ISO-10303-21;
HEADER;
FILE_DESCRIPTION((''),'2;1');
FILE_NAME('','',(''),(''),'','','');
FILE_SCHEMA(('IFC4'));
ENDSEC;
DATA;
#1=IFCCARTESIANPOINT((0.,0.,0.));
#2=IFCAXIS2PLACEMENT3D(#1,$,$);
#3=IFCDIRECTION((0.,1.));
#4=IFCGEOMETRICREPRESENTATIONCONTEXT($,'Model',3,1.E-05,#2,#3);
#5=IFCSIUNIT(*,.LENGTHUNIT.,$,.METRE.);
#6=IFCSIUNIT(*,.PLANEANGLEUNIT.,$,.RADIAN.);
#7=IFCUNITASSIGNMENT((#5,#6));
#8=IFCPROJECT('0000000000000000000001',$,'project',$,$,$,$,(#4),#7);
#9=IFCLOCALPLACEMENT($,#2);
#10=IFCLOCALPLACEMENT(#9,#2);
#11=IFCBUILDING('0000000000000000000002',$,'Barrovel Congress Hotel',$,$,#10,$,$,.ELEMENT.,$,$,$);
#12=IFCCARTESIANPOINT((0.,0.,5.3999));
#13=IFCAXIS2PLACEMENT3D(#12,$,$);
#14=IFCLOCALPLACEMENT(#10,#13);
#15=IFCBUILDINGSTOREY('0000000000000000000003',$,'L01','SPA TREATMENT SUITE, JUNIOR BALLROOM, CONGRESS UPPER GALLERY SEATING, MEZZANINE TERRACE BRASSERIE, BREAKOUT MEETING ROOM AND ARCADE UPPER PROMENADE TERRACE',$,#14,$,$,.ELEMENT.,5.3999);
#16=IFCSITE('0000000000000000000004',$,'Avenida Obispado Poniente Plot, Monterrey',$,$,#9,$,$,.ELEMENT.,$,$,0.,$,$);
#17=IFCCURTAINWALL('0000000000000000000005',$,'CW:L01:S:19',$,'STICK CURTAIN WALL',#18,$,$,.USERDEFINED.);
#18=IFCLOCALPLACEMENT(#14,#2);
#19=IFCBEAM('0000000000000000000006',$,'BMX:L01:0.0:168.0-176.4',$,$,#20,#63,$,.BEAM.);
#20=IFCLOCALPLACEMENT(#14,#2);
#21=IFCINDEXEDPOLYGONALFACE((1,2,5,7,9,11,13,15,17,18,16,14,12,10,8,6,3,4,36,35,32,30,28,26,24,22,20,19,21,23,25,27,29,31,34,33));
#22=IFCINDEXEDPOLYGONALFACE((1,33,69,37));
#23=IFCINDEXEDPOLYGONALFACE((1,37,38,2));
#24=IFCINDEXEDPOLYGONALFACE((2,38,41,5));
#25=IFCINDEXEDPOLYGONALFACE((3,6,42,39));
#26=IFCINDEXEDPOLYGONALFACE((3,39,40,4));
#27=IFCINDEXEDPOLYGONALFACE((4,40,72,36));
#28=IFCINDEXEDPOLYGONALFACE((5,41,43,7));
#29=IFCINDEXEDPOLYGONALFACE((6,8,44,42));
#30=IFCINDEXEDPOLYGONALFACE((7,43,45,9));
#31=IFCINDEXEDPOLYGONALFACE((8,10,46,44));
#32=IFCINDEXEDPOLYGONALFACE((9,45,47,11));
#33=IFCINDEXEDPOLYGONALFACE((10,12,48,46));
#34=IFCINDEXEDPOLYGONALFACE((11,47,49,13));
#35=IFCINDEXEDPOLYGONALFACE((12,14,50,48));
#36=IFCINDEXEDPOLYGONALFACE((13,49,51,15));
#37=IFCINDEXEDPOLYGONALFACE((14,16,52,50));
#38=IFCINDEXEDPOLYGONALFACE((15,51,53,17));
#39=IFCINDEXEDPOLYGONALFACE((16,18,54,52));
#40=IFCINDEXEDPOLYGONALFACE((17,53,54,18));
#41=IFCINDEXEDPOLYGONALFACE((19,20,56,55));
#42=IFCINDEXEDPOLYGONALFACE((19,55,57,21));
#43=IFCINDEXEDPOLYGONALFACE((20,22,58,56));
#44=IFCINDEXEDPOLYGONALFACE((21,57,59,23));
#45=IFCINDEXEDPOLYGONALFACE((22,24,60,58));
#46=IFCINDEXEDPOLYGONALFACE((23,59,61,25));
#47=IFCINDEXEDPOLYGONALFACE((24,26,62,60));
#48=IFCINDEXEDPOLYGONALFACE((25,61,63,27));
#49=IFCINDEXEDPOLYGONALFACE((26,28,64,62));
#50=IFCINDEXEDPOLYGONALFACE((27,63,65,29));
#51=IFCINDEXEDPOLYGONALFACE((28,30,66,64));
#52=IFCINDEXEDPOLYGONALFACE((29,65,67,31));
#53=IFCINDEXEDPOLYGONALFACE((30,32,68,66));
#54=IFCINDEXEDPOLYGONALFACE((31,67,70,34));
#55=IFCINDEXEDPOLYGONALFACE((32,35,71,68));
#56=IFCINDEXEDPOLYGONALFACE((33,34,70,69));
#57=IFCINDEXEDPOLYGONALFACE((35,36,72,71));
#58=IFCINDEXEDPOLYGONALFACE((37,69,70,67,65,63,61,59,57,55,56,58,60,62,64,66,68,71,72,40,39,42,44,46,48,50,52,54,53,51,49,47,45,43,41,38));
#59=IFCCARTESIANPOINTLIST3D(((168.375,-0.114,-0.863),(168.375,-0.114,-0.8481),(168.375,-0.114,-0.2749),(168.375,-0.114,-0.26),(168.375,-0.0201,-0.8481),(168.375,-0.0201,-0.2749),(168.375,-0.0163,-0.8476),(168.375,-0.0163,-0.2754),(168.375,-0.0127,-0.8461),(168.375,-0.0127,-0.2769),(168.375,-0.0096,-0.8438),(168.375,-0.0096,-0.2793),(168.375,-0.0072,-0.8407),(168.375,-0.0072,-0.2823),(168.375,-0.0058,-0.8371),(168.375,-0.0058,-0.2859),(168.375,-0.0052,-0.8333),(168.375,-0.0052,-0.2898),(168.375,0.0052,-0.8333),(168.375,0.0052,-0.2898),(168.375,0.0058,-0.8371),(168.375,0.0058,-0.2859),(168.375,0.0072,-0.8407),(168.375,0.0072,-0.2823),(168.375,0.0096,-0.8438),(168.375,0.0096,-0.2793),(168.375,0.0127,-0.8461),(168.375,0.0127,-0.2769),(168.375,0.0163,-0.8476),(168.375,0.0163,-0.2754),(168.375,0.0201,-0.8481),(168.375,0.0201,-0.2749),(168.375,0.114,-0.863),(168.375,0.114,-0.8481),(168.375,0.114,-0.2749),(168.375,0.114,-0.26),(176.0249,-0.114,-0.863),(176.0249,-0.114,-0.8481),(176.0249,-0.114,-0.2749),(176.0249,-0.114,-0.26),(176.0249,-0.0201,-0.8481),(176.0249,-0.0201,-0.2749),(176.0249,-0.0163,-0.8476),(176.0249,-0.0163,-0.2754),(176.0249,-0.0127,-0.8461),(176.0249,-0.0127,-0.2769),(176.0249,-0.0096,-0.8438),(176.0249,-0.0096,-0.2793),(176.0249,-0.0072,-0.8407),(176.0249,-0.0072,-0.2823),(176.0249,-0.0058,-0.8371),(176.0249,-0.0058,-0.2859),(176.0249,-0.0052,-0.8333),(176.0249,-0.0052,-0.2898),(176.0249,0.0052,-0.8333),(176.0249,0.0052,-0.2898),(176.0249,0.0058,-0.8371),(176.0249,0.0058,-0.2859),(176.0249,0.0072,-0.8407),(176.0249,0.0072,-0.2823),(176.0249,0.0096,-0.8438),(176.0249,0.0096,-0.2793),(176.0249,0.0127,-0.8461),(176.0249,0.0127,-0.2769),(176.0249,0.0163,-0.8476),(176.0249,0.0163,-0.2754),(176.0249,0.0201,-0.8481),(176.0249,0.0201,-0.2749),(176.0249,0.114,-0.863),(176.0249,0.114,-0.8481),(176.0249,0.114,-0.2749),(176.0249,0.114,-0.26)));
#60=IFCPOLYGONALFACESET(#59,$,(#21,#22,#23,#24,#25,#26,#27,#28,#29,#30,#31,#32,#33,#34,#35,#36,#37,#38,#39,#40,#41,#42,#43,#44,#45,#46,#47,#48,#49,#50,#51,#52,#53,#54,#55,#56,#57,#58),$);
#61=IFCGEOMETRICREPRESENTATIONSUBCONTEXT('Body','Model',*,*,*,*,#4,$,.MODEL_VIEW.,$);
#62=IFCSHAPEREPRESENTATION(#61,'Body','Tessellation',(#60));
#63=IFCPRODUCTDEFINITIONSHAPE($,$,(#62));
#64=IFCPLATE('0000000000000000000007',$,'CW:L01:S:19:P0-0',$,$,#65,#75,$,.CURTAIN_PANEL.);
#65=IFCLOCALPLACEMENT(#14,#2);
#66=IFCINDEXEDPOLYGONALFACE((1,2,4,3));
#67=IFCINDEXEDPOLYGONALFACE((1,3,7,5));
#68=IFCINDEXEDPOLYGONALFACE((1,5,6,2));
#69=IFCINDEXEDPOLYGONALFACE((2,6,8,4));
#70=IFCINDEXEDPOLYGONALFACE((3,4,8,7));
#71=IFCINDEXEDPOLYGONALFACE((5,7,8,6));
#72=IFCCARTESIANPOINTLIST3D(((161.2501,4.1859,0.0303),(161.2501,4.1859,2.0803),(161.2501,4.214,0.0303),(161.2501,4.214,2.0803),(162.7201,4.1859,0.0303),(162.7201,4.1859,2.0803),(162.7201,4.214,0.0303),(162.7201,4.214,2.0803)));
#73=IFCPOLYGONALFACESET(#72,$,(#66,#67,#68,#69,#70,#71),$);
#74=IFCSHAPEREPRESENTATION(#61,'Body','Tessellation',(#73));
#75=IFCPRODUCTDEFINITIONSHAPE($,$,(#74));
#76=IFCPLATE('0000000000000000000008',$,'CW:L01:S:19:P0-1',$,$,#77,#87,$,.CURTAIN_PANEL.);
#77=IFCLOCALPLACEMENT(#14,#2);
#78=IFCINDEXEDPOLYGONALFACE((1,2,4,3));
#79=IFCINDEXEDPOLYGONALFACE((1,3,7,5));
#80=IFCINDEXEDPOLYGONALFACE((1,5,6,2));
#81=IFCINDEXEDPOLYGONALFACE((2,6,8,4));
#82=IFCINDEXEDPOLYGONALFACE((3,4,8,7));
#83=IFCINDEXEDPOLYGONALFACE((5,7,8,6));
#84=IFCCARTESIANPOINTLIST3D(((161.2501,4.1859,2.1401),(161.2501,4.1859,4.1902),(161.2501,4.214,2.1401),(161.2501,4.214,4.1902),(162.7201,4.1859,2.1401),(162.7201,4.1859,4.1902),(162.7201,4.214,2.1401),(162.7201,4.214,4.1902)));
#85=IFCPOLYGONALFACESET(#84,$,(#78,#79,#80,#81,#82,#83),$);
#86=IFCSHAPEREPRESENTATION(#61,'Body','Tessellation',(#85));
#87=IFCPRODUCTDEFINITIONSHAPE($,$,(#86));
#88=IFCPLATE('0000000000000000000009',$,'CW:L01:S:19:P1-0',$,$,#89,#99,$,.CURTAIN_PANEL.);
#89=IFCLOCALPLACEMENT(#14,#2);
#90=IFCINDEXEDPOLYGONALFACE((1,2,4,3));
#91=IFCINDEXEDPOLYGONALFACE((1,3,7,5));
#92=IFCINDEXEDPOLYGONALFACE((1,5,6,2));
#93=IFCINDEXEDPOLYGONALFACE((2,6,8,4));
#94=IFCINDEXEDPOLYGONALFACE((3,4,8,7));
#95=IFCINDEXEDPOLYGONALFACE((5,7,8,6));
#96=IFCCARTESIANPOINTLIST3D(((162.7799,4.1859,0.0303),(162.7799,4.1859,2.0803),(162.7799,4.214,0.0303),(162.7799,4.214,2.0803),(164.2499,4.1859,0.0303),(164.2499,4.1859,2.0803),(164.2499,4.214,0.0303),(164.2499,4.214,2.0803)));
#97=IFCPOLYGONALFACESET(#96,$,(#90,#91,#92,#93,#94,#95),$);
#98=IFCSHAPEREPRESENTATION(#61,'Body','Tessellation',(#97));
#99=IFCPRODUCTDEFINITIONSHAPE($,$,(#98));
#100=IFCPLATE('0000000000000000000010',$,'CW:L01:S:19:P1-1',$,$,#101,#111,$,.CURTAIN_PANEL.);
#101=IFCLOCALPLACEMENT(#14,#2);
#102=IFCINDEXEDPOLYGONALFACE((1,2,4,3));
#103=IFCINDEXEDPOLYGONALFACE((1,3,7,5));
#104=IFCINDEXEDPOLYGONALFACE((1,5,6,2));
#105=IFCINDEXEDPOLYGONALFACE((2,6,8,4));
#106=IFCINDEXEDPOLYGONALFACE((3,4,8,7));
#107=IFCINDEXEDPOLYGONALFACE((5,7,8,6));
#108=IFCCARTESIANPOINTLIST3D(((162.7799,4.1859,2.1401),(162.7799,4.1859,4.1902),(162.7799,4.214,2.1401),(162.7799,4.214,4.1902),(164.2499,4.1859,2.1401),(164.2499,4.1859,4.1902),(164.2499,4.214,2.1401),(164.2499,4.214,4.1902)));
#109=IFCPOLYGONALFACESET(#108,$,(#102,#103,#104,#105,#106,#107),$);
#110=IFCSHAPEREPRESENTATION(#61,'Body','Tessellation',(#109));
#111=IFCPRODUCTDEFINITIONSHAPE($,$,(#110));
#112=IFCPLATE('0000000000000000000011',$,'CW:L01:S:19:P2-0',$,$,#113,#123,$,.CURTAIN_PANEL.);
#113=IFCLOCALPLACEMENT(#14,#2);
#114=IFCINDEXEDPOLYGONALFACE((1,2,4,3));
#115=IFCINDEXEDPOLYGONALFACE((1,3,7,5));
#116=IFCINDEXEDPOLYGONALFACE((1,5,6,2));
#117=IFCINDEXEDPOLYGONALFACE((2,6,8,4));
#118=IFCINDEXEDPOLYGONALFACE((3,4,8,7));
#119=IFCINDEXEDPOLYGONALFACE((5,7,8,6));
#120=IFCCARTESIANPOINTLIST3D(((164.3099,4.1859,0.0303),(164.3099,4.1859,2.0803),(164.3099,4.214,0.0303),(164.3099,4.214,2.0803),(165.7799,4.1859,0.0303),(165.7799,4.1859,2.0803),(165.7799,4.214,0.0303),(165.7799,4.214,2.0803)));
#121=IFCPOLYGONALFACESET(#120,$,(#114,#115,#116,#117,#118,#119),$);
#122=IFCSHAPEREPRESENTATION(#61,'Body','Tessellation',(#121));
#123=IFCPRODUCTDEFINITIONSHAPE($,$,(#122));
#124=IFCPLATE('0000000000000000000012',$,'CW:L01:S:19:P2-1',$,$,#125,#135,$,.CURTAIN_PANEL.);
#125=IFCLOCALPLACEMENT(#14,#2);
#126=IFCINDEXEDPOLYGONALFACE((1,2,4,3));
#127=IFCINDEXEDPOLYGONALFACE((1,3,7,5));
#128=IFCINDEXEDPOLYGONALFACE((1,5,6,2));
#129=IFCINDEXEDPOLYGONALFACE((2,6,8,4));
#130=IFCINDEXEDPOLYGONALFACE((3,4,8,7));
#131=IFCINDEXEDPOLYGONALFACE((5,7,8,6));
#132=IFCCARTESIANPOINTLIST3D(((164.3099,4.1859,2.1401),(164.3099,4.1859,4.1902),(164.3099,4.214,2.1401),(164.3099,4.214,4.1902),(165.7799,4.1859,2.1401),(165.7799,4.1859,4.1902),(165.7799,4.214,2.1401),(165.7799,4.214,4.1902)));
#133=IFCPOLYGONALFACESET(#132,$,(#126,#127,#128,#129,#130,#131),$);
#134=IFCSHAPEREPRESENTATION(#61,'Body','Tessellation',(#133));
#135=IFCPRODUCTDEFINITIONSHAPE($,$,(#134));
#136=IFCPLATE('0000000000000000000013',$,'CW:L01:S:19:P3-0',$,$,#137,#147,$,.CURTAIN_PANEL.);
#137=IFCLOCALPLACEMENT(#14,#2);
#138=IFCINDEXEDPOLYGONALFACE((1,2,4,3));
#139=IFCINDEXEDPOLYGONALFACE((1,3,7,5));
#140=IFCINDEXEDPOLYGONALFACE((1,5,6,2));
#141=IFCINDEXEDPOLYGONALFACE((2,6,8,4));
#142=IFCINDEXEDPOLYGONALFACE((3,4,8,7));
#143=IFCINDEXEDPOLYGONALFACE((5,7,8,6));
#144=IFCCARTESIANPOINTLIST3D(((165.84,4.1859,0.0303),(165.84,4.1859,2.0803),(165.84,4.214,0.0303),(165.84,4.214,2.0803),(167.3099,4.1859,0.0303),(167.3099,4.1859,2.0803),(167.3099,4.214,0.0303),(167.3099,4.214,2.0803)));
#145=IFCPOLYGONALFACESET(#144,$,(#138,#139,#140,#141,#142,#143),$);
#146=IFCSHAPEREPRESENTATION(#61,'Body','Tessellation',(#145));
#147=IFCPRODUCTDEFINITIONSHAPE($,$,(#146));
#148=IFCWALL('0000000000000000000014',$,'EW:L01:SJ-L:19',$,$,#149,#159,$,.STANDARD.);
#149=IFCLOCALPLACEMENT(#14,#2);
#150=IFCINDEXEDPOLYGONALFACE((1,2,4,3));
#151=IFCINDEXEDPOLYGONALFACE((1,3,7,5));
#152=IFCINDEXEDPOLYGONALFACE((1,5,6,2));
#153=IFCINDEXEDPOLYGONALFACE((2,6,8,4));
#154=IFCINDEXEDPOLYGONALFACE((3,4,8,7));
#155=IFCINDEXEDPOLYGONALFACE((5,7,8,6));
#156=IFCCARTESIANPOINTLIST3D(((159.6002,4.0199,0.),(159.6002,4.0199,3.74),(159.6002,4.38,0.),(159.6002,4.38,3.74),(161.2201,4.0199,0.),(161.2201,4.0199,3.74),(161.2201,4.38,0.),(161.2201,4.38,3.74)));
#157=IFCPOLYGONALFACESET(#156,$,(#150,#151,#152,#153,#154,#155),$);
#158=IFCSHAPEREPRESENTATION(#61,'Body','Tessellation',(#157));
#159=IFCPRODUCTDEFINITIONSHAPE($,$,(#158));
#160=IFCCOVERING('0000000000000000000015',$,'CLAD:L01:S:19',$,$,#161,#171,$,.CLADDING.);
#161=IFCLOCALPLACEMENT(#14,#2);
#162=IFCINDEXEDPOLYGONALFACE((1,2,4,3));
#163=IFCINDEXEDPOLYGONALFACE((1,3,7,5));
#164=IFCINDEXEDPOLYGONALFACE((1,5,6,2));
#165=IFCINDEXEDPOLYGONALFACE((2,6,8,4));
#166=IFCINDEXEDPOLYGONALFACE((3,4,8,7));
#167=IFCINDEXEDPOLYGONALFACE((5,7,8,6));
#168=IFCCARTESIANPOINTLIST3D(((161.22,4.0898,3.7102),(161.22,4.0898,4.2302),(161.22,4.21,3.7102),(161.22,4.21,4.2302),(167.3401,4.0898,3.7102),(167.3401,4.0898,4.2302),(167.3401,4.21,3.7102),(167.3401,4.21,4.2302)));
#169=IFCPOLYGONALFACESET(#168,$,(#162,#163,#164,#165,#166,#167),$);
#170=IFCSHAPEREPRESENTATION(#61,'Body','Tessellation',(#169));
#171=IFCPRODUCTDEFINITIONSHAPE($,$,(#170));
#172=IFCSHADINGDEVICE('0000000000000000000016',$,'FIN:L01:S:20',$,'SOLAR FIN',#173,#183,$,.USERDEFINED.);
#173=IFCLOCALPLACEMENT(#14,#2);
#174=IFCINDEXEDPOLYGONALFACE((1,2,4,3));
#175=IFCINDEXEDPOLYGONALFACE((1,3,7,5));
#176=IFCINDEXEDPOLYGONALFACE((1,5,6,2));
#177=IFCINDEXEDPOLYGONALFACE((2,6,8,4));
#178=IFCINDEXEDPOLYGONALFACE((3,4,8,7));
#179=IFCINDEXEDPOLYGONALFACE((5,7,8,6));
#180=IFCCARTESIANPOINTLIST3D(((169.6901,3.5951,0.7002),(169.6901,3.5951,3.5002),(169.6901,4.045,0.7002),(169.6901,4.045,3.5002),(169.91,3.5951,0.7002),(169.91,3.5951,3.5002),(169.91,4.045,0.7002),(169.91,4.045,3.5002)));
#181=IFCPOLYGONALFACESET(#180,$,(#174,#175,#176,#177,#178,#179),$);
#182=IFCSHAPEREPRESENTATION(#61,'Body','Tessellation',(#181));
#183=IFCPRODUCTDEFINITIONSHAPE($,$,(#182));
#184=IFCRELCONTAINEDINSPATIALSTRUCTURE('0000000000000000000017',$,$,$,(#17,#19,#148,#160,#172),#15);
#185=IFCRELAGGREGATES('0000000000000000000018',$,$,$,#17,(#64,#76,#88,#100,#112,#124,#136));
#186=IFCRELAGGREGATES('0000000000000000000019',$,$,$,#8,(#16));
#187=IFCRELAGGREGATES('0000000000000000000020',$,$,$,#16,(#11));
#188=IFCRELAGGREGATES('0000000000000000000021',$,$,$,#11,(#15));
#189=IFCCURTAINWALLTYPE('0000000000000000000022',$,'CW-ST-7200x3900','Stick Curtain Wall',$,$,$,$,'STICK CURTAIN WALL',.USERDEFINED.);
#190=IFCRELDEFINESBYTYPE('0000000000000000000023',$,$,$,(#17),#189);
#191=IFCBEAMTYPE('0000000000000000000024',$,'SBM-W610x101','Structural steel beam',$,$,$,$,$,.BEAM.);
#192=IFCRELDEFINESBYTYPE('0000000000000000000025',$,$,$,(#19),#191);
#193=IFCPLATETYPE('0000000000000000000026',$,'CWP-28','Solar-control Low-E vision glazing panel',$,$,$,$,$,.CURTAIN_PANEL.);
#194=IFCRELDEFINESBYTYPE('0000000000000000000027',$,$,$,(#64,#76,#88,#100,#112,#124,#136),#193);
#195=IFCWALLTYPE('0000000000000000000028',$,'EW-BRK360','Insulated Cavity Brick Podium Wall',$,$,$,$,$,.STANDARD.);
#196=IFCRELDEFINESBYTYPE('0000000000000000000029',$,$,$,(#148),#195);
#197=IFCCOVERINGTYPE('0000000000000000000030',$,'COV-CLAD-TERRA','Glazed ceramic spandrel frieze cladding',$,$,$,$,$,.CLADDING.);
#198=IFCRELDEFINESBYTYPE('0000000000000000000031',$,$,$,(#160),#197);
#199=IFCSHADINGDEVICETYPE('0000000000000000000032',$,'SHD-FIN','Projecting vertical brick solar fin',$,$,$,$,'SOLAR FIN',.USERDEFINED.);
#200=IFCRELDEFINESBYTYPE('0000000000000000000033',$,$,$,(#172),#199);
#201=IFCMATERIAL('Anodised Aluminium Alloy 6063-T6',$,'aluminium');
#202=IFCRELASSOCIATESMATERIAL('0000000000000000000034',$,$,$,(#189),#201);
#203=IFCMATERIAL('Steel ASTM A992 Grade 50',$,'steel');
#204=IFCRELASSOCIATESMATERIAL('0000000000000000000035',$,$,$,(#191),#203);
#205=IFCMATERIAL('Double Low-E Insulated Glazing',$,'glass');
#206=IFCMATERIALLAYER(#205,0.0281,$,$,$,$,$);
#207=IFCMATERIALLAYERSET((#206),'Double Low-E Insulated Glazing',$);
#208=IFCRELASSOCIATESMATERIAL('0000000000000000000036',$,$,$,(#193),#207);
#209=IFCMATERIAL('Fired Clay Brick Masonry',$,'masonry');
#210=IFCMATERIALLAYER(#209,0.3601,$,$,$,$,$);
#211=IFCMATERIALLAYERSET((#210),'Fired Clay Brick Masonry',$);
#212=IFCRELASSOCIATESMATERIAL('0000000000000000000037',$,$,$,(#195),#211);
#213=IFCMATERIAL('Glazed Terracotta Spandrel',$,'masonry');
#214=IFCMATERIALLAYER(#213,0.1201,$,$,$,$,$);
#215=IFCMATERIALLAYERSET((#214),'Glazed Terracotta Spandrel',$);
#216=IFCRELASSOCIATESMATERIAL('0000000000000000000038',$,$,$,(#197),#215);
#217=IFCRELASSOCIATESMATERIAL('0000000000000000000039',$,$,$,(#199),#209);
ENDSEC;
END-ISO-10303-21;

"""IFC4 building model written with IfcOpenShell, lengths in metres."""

from ifc_helpers import new_model, si_unit, direction, frame, frame_2d, origin, origin_2d, place, context, subcontext, project, spatial, rectangle, i_section, extrude, material, layer, layer_set, material_profile, profile_set, type_object, element, aggregate, save


model = new_model("IFC4")

# Units and contexts
model_context = context("Model", 3, precision=1e-05, world=origin(), true_north=direction((0.0, 1.0)))
body_context = subcontext(model_context, "Body", "Model", "MODEL_VIEW")
ifc_project = project(units=[si_unit("LENGTHUNIT", "METRE"), si_unit("PLANEANGLEUNIT", "RADIAN")], contexts=[model_context])

# Site, building, storey
site_placement = place(None, origin())
site = spatial("IfcSite", under=ifc_project, at=site_placement, Name="Avenida Obispado Poniente Plot, Monterrey", CompositionType="ELEMENT", RefElevation=0.0)
building_placement = place(site_placement, origin())
building = spatial("IfcBuilding", under=site, at=building_placement, Name="Barrovel Congress Hotel", CompositionType="ELEMENT")
storey_placement = place(building_placement, frame((0.0, 0.0, 5.3999)))
storey = spatial("IfcBuildingStorey", under=building, at=storey_placement, Name="L01", Description="SPA TREATMENT SUITE, JUNIOR BALLROOM, CONGRESS UPPER GALLERY SEATING, MEZZANINE TERRACE BRASSERIE, BREAKOUT MEETING ROOM AND ARCADE UPPER PROMENADE TERRACE", CompositionType="ELEMENT", Elevation=5.3999)

# Curtain wall
ifc_material_1 = material(Name="Anodised Aluminium Alloy 6063-T6", Category="aluminium")
curtain_wall_type = type_object("IfcCurtainWallType", Name="CW-ST-7200x3900", Description="Stick Curtain Wall", ElementType="STICK CURTAIN WALL", PredefinedType="USERDEFINED", material=ifc_material_1)
curtain_wall_placement = place(storey_placement, origin())
curtain_wall = element("IfcCurtainWall", 1, at=curtain_wall_placement, inside=storey, type_object=curtain_wall_type, Name="CW:L01:S:19", ObjectType="STICK CURTAIN WALL", PredefinedType="USERDEFINED")

# Beam
ifc_material_2 = material(Name="Steel ASTM A992 Grade 50", Category="steel")
ifc_material_profile_1 = material_profile(ifc_material_2, i_section(OverallWidth=0.228, OverallDepth=0.603, WebThickness=0.0105, FlangeThickness=0.0149, FilletRadius=0.0149, at=origin_2d()), Name="W610x101")
ifc_profile_set_1 = profile_set([ifc_material_profile_1], Name="Steel ASTM A992 Grade 50")
beam_type_1 = type_object("IfcBeamType", Name="SBM-W610x101", Description="Structural steel beam", PredefinedType="BEAM", material=ifc_profile_set_1)
beam_1_placement = place(storey_placement, frame((168.375, 0.0, -0.5615), z_axis=(1.0, 0.0, 0.0), x_axis=(0.0, 1.0, 0.0)))
element("IfcBeam", 2, at=beam_1_placement, inside=storey, type_object=beam_type_1, Name="BMX:L01:0.0:168.0-176.4", PredefinedType="BEAM", context=body_context, shape_type="SweptSolid", body=[
    extrude(i_section(OverallWidth=0.228, OverallDepth=0.603, WebThickness=0.0105, FlangeThickness=0.0149, FilletRadius=0.0149, at=origin_2d()), origin(), (0.0, 0.0, 1.0), 7.6499),
])

# Plates
ifc_material_3 = material(Name="Double Low-E Insulated Glazing", Category="glass")
ifc_layer_1 = layer(ifc_material_3, 0.0281)
ifc_layer_set_1 = layer_set([ifc_layer_1], Name="Double Low-E Insulated Glazing")
plate_type = type_object("IfcPlateType", Name="CWP-28", Description="Solar-control Low-E vision glazing panel", PredefinedType="CURTAIN_PANEL", material=ifc_layer_set_1)
plate_1_placement = place(storey_placement, frame((161.9851, 4.2, 0.0303), z_axis=(0.0, 0.0, 1.0), x_axis=(1.0, 0.0, 0.0)))
plate_1 = element("IfcPlate", 3, at=plate_1_placement, type_object=plate_type, Name="CW:L01:S:19:P0-0", PredefinedType="CURTAIN_PANEL", context=body_context, shape_type="SweptSolid", body=[
    extrude(rectangle(XDim=1.47, YDim=0.0281, at=origin_2d()), origin(), (0.0, 0.0, 1.0), 2.05),
])
plate_2_placement = place(storey_placement, frame((161.9851, 4.2, 2.1401), z_axis=(0.0, 0.0, 1.0), x_axis=(1.0, 0.0, 0.0)))
plate_2 = element("IfcPlate", 4, at=plate_2_placement, type_object=plate_type, Name="CW:L01:S:19:P0-1", PredefinedType="CURTAIN_PANEL", context=body_context, shape_type="SweptSolid", body=[
    extrude(rectangle(XDim=1.47, YDim=0.0281, at=origin_2d()), origin(), (0.0, 0.0, 1.0), 2.05),
])
plate_3_placement = place(storey_placement, frame((163.5149, 4.2, 0.0303), z_axis=(0.0, 0.0, 1.0), x_axis=(1.0, 0.0, 0.0)))
plate_3 = element("IfcPlate", 5, at=plate_3_placement, type_object=plate_type, Name="CW:L01:S:19:P1-0", PredefinedType="CURTAIN_PANEL", context=body_context, shape_type="SweptSolid", body=[
    extrude(rectangle(XDim=1.47, YDim=0.0281, at=origin_2d()), origin(), (0.0, 0.0, 1.0), 2.05),
])
plate_4_placement = place(storey_placement, frame((163.5149, 4.2, 2.1401), z_axis=(0.0, 0.0, 1.0), x_axis=(1.0, 0.0, 0.0)))
plate_4 = element("IfcPlate", 6, at=plate_4_placement, type_object=plate_type, Name="CW:L01:S:19:P1-1", PredefinedType="CURTAIN_PANEL", context=body_context, shape_type="SweptSolid", body=[
    extrude(rectangle(XDim=1.47, YDim=0.0281, at=origin_2d()), origin(), (0.0, 0.0, 1.0), 2.05),
])
plate_5_placement = place(storey_placement, frame((165.0449, 4.2, 0.0303), z_axis=(0.0, 0.0, 1.0), x_axis=(1.0, 0.0, 0.0)))
plate_5 = element("IfcPlate", 7, at=plate_5_placement, type_object=plate_type, Name="CW:L01:S:19:P2-0", PredefinedType="CURTAIN_PANEL", context=body_context, shape_type="SweptSolid", body=[
    extrude(rectangle(XDim=1.47, YDim=0.0281, at=origin_2d()), origin(), (0.0, 0.0, 1.0), 2.05),
])
plate_6_placement = place(storey_placement, frame((165.0449, 4.2, 2.1401), z_axis=(0.0, 0.0, 1.0), x_axis=(1.0, 0.0, 0.0)))
plate_6 = element("IfcPlate", 8, at=plate_6_placement, type_object=plate_type, Name="CW:L01:S:19:P2-1", PredefinedType="CURTAIN_PANEL", context=body_context, shape_type="SweptSolid", body=[
    extrude(rectangle(XDim=1.47, YDim=0.0281, at=origin_2d()), origin(), (0.0, 0.0, 1.0), 2.05),
])
plate_7_placement = place(storey_placement, frame((166.575, 4.2, 0.0303), z_axis=(0.0, 0.0, 1.0), x_axis=(1.0, 0.0, 0.0)))
plate_7 = element("IfcPlate", 9, at=plate_7_placement, type_object=plate_type, Name="CW:L01:S:19:P3-0", PredefinedType="CURTAIN_PANEL", context=body_context, shape_type="SweptSolid", body=[
    extrude(rectangle(XDim=1.47, YDim=0.0281, at=origin_2d()), origin(), (0.0, 0.0, 1.0), 2.05),
])
aggregate(curtain_wall, [plate_1, plate_2, plate_3, plate_4, plate_5, plate_6, plate_7])

# Wall
ifc_material_4 = material(Name="Fired Clay Brick Masonry", Category="masonry")
ifc_layer_2 = layer(ifc_material_4, 0.3601)
ifc_layer_set_2 = layer_set([ifc_layer_2], Name="Fired Clay Brick Masonry")
wall_type = type_object("IfcWallType", Name="EW-BRK360", Description="Insulated Cavity Brick Podium Wall", PredefinedType="STANDARD", material=ifc_layer_set_2)
wall_placement = place(storey_placement, frame((159.6001, 4.2, 0.0), z_axis=(0.0, 0.0, 1.0), x_axis=(1.0, 0.0, 0.0)))
element("IfcWall", 10, at=wall_placement, inside=storey, type_object=wall_type, Name="EW:L01:SJ-L:19", PredefinedType="STANDARD", context=body_context, shape_type="SweptSolid", body=[
    extrude(rectangle(XDim=1.6199, YDim=0.3601, at=frame_2d((0.8101, 0.0))), origin(), (0.0, 0.0, 1.0), 3.74),
])

# Covering
ifc_material_5 = material(Name="Glazed Terracotta Spandrel", Category="masonry")
ifc_layer_3 = layer(ifc_material_5, 0.1201)
ifc_layer_set_3 = layer_set([ifc_layer_3], Name="Glazed Terracotta Spandrel")
covering_type = type_object("IfcCoveringType", Name="COV-CLAD-TERRA", Description="Glazed ceramic spandrel frieze cladding", PredefinedType="CLADDING", material=ifc_layer_set_3)
covering_placement = place(storey_placement, frame((164.28, 4.1499, 3.7102), z_axis=(0.0, 0.0, 1.0), x_axis=(1.0, 0.0, 0.0)))
element("IfcCovering", 11, at=covering_placement, inside=storey, type_object=covering_type, Name="CLAD:L01:S:19", PredefinedType="CLADDING", context=body_context, shape_type="SweptSolid", body=[
    extrude(rectangle(XDim=6.1201, YDim=0.1201, at=origin_2d()), origin(), (0.0, 0.0, 1.0), 0.52),
])

# Shading device
shading_device_type = type_object("IfcShadingDeviceType", Name="SHD-FIN", Description="Projecting vertical brick solar fin", ElementType="SOLAR FIN", PredefinedType="USERDEFINED", material=ifc_material_4)
shading_device_placement = place(storey_placement, frame((169.8, 3.8201, 0.7002), z_axis=(0.0, 0.0, 1.0), x_axis=(1.0, 0.0, 0.0)))
element("IfcShadingDevice", 12, at=shading_device_placement, inside=storey, type_object=shading_device_type, Name="FIN:L01:S:20", ObjectType="SOLAR FIN", PredefinedType="USERDEFINED", context=body_context, shape_type="SweptSolid", body=[
    extrude(rectangle(XDim=0.22, YDim=0.45, at=origin_2d()), origin(), (0.0, 0.0, 1.0), 2.8),
])

save(model, "model.ifc")
